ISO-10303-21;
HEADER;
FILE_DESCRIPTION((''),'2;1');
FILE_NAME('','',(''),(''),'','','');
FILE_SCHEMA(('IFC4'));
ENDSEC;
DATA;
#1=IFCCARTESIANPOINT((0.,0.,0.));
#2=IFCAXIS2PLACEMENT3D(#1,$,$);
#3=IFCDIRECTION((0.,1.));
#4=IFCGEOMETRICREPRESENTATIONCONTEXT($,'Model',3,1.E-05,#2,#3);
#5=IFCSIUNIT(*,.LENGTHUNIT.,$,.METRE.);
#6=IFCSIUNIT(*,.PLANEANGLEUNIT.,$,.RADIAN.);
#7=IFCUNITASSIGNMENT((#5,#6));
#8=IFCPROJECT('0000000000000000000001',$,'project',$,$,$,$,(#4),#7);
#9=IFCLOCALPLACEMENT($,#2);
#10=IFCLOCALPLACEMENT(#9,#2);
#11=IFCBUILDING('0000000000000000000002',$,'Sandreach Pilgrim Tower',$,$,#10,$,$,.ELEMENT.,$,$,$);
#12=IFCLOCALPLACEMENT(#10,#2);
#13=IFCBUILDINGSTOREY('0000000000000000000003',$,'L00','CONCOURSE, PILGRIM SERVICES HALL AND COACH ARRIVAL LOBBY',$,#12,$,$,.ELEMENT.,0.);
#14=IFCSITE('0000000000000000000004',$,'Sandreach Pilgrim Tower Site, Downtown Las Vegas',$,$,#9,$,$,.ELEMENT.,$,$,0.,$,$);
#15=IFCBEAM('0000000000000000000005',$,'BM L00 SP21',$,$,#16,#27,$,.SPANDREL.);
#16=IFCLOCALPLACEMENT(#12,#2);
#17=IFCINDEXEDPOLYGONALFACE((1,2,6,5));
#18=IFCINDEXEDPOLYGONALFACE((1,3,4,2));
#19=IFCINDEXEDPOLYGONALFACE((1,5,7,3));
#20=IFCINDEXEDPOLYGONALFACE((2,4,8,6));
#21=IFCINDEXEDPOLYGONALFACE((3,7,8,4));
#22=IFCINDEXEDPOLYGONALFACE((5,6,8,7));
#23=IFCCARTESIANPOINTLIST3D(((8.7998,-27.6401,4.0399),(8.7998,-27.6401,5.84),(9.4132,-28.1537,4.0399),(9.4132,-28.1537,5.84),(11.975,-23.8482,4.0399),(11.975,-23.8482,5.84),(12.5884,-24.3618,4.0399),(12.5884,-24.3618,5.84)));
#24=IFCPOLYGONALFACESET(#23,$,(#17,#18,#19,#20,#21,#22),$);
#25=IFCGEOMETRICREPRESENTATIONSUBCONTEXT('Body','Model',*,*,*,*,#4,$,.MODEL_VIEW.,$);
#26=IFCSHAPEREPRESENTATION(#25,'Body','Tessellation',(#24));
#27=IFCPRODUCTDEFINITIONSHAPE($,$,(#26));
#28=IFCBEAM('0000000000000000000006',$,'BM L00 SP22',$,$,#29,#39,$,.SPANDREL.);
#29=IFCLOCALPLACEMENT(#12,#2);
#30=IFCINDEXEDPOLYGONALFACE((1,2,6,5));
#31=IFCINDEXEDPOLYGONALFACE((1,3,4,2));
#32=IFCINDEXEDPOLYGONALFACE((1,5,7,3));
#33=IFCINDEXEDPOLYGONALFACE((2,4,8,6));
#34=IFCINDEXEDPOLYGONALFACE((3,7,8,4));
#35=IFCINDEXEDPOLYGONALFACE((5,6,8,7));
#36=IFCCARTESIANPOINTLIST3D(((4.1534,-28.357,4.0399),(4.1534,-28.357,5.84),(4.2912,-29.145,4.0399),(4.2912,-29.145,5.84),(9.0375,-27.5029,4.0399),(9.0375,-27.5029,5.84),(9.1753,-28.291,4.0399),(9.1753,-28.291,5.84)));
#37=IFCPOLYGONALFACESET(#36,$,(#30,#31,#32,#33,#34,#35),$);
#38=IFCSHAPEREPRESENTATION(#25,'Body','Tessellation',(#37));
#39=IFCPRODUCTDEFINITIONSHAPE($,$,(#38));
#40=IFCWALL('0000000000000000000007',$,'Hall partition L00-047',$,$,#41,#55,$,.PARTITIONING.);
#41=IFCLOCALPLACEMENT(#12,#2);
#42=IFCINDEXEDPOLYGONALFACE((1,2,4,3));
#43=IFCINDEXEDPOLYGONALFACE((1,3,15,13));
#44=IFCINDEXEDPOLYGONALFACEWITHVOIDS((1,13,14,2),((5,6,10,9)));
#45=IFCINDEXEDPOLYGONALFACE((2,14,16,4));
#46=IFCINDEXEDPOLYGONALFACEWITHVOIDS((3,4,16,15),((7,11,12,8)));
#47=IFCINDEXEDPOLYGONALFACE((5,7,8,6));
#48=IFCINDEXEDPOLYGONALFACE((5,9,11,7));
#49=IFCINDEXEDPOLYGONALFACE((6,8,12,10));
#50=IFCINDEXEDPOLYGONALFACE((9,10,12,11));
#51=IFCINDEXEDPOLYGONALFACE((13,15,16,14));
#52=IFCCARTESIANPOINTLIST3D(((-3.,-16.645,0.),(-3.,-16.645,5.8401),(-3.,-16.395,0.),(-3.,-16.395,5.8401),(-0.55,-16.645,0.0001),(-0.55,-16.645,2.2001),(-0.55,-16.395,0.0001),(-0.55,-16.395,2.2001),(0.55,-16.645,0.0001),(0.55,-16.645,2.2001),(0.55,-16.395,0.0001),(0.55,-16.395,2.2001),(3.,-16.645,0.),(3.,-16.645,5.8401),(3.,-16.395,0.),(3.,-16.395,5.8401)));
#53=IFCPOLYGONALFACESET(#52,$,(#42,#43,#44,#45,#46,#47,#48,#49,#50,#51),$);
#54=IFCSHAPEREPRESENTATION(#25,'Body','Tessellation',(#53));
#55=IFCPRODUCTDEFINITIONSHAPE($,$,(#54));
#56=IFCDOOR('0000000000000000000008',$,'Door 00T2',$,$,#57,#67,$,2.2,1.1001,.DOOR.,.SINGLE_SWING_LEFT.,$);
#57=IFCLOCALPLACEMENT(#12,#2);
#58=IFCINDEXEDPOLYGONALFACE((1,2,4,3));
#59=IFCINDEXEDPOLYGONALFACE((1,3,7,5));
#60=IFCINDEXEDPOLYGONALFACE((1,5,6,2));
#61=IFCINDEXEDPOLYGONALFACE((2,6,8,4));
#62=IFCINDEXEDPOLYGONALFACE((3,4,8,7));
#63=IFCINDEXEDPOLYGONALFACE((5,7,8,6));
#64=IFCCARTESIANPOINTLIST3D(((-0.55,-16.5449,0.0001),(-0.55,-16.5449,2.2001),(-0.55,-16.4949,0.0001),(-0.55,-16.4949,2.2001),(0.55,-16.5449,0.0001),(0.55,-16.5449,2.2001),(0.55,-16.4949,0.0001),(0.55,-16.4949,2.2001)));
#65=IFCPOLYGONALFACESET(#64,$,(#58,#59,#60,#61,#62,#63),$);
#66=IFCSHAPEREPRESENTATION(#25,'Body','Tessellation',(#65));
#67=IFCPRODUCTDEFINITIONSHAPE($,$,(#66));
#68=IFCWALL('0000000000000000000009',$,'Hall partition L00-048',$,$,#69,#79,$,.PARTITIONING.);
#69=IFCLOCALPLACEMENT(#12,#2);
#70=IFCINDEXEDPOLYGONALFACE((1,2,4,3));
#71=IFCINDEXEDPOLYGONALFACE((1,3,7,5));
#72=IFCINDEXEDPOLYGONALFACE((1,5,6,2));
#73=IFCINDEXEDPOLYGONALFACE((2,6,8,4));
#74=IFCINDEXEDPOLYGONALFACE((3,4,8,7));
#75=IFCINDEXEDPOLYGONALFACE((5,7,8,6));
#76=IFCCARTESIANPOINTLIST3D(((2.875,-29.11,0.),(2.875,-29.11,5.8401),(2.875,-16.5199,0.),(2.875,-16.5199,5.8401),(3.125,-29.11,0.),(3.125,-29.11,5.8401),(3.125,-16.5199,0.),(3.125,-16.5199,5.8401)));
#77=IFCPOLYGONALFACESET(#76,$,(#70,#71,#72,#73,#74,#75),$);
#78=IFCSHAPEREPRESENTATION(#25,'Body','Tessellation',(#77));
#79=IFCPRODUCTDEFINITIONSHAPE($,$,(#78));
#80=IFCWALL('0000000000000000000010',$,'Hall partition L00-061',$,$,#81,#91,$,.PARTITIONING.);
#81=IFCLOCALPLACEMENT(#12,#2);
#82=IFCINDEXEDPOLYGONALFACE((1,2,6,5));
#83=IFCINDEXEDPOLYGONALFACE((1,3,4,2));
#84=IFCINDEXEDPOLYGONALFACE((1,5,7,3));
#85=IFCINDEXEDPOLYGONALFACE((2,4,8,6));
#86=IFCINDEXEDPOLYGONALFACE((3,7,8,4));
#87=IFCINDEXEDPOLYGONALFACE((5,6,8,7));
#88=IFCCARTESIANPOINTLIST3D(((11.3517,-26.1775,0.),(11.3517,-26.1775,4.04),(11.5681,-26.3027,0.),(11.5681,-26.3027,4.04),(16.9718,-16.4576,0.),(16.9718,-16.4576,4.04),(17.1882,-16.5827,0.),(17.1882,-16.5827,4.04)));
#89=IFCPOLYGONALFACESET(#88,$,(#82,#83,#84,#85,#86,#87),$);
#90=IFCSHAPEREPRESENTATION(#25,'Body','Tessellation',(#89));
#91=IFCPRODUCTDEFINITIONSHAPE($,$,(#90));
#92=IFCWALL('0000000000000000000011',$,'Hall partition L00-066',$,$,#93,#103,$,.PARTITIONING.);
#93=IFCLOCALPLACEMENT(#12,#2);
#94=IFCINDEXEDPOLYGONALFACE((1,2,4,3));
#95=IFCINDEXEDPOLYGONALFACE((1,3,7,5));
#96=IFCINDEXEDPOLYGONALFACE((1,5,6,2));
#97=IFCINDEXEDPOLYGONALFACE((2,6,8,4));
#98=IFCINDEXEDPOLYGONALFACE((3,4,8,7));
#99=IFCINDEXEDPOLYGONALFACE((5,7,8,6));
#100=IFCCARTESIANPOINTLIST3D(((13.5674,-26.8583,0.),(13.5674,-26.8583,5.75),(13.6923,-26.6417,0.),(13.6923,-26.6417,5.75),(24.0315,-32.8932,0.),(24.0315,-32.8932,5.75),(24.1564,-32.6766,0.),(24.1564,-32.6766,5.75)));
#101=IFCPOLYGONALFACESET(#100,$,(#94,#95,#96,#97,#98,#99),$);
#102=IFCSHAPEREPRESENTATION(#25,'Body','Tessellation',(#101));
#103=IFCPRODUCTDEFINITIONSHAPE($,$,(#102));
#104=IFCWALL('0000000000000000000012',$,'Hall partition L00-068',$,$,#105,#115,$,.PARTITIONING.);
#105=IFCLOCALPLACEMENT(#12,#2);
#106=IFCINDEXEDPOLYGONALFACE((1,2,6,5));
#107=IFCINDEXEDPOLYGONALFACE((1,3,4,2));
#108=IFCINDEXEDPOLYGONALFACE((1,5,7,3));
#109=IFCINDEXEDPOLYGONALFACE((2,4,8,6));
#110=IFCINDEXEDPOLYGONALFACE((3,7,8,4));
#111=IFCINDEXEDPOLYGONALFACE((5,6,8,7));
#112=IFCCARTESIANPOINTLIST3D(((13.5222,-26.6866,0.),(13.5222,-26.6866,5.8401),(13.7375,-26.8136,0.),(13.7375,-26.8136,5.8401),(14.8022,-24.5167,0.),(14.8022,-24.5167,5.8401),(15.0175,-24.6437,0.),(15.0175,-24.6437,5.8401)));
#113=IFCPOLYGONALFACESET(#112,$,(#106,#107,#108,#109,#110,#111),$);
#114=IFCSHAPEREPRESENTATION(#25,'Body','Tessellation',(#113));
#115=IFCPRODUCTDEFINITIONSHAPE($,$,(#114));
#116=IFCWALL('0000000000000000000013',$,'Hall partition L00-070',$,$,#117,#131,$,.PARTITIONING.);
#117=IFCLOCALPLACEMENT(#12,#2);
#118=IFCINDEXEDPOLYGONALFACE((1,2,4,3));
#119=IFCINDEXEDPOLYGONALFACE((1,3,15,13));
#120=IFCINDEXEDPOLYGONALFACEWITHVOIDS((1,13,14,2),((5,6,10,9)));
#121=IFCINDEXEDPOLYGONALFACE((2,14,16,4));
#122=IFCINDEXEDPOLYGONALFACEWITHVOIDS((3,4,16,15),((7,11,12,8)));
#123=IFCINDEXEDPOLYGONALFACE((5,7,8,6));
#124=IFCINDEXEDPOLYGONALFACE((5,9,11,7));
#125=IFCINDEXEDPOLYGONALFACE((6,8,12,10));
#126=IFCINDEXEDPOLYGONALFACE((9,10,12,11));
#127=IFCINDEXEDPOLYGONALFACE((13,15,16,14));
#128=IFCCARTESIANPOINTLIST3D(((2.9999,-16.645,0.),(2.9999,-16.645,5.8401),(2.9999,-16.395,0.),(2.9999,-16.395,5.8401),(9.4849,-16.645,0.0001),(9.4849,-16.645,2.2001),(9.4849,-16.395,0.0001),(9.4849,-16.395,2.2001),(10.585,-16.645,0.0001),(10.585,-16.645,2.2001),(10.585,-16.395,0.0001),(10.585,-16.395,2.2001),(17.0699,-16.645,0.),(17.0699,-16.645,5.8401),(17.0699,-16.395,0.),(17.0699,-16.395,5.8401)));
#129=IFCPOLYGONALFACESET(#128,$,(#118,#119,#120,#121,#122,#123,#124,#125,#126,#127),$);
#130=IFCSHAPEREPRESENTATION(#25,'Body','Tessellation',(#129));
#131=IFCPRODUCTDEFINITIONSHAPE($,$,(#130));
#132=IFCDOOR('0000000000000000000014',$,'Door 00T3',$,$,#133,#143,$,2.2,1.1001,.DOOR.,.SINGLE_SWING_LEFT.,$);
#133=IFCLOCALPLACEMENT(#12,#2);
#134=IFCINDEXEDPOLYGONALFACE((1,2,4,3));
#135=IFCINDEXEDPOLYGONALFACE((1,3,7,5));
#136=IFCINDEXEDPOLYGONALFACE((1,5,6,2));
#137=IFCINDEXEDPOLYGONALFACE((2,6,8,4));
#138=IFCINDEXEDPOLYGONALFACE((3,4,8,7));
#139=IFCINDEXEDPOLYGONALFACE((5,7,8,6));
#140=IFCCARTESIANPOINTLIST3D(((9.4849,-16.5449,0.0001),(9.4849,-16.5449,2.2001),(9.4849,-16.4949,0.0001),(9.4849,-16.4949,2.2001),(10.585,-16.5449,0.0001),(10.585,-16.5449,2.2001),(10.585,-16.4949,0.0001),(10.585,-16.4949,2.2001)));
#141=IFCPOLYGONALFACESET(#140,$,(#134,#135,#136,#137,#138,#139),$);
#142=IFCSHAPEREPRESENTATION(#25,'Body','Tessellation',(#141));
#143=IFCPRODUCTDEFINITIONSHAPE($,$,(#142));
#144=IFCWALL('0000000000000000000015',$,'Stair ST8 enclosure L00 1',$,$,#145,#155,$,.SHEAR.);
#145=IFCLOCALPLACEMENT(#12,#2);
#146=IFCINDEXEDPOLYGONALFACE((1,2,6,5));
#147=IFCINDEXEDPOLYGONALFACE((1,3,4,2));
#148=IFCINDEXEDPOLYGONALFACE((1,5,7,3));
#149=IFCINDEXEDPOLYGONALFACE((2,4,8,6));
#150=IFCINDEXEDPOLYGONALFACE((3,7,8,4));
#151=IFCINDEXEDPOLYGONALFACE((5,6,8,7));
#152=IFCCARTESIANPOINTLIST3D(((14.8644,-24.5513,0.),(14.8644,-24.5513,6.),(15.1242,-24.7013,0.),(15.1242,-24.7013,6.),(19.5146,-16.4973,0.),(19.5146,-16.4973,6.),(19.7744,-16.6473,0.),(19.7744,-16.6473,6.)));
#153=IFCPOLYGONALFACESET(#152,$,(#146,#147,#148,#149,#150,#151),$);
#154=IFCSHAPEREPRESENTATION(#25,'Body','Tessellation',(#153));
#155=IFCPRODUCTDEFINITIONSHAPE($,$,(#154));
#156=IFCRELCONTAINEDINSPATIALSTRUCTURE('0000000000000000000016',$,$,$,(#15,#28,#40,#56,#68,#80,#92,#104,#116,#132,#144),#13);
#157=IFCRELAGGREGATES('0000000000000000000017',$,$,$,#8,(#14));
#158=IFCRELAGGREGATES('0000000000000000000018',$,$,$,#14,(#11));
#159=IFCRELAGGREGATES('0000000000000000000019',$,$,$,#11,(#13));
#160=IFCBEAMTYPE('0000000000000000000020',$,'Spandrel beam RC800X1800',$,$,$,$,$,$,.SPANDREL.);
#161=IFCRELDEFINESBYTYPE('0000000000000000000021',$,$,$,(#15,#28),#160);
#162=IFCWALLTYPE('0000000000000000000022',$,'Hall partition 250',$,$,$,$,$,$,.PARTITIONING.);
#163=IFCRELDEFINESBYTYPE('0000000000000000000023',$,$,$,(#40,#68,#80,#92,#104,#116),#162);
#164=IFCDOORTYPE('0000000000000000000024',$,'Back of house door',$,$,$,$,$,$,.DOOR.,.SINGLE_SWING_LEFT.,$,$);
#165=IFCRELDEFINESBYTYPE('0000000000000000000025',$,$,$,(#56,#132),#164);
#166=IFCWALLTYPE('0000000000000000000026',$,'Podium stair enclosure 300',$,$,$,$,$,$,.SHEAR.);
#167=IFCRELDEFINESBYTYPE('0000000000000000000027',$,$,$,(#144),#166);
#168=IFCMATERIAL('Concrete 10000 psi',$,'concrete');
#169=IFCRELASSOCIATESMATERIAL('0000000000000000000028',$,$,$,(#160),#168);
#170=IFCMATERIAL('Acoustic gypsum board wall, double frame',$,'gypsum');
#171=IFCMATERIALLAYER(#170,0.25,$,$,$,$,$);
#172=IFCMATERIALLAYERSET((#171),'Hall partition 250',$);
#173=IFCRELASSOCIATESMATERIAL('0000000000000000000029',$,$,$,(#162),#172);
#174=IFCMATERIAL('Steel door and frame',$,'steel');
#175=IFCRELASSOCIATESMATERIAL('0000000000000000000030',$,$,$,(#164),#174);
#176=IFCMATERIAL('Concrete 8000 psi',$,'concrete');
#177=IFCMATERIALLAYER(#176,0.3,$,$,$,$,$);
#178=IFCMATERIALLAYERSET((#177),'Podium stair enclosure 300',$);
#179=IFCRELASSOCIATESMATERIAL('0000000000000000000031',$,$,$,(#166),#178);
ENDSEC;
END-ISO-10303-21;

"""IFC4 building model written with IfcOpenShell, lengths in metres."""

from ifc_helpers import new_model, si_unit, direction, frame, frame_2d, origin, origin_2d, place, context, subcontext, project, spatial, rectangle, extrude, material, layer, layer_set, material_profile, profile_set, type_object, element, fill, save


model = new_model("IFC4")

# Units and contexts
model_context = context("Model", 3, precision=1e-05, world=origin(), true_north=direction((0.0, 1.0)))
body_context = subcontext(model_context, "Body", "Model", "MODEL_VIEW")
ifc_project = project(units=[si_unit("LENGTHUNIT", "METRE"), si_unit("PLANEANGLEUNIT", "RADIAN")], contexts=[model_context])

# Site, building, storey
site_placement = place(None, origin())
site = spatial("IfcSite", under=ifc_project, at=site_placement, Name="Sandreach Pilgrim Tower Site, Downtown Las Vegas", CompositionType="ELEMENT", RefElevation=0.0)
building_placement = place(site_placement, origin())
building = spatial("IfcBuilding", under=site, at=building_placement, Name="Sandreach Pilgrim Tower", CompositionType="ELEMENT")
storey_placement = place(building_placement, origin())
storey = spatial("IfcBuildingStorey", under=building, at=storey_placement, Name="L00", Description="CONCOURSE, PILGRIM SERVICES HALL AND COACH ARRIVAL LOBBY", CompositionType="ELEMENT", Elevation=0.0)

# Beams
ifc_material_1 = material(Name="Concrete 10000 psi", Category="concrete")
ifc_material_profile_1 = material_profile(ifc_material_1, rectangle(XDim=0.8, YDim=1.8, at=origin_2d()), Name="RC800X1800")
ifc_profile_set_1 = profile_set([ifc_material_profile_1], Name="Concrete 10000 psi")
beam_type_1 = type_object("IfcBeamType", Name="Spandrel beam RC800X1800", PredefinedType="SPANDREL", material=ifc_profile_set_1)
beam_1_placement = place(storey_placement, frame((12.2817, -24.105, 4.9399), z_axis=(-0.642008, -0.766698, 0.0), x_axis=(0.766698, -0.642008, 0.0)))
element("IfcBeam", 1, at=beam_1_placement, inside=storey, type_object=beam_type_1, Name="BM L00 SP21", PredefinedType="SPANDREL", context=body_context, shape_type="SweptSolid", body=[
    extrude(rectangle(XDim=0.8, YDim=1.8, at=origin_2d()), origin(), (0.0, 0.0, 1.0), 4.9458),
])
beam_2_placement = place(storey_placement, frame((9.1064, -27.897, 4.9399), z_axis=(-0.985054, -0.172243, 0.0), x_axis=(0.172243, -0.985054, 0.0)))
element("IfcBeam", 2, at=beam_2_placement, inside=storey, type_object=beam_type_1, Name="BM L00 SP22", PredefinedType="SPANDREL", context=body_context, shape_type="SweptSolid", body=[
    extrude(rectangle(XDim=0.8, YDim=1.8, at=origin_2d()), origin(), (0.0, 0.0, 1.0), 4.9583),
])

# Wall, opening, door
ifc_material_2 = material(Name="Acoustic gypsum board wall, double frame", Category="gypsum")
ifc_layer_1 = layer(ifc_material_2, 0.25)
ifc_layer_set_1 = layer_set([ifc_layer_1], Name="Hall partition 250")
wall_type_1 = type_object("IfcWallType", Name="Hall partition 250", PredefinedType="PARTITIONING", material=ifc_layer_set_1)
wall_1_placement = place(storey_placement, frame((3.0, -16.52, 0.0), z_axis=(0.0, 0.0, 1.0), x_axis=(-1.0, 0.0, 0.0)))
wall_1 = element("IfcWall", 3, at=wall_1_placement, inside=storey, type_object=wall_type_1, Name="Hall partition L00-047", PredefinedType="PARTITIONING", context=body_context, shape_type="SweptSolid", body=[
    extrude(rectangle(XDim=6.0, YDim=0.25, at=frame_2d((3.0, 0.0))), origin(), (0.0, 0.0, 1.0), 5.8401),
])
opening_1_placement = place(wall_1_placement, frame((2.45, 0.0, 0.0)))
opening_1 = element("IfcOpeningElement", 4, at=opening_1_placement, cuts=wall_1, PredefinedType="OPENING", context=body_context, shape_type="SweptSolid", body=[
    extrude(rectangle(XDim=1.1001, YDim=2.2, at=frame_2d((0.55, 1.1001))), frame((0.0, 0.125, 0.0), z_axis=(0.0, -1.0, 0.0), x_axis=(1.0, 0.0, 0.0)), (0.0, 0.0, 1.0), 0.25),
])
ifc_material_3 = material(Name="Steel door and frame", Category="steel")
door_type = type_object("IfcDoorType", Name="Back of house door", OperationType="SINGLE_SWING_LEFT", PredefinedType="DOOR", material=ifc_material_3)
door_1_placement = place(opening_1_placement, origin())
door_1 = element("IfcDoor", 5, at=door_1_placement, inside=storey, type_object=door_type, Name="Door 00T2", OperationType="SINGLE_SWING_LEFT", OverallHeight=2.2, OverallWidth=1.1001, PredefinedType="DOOR", context=body_context, shape_type="SweptSolid", body=[
    extrude(rectangle(XDim=1.1001, YDim=2.2, at=frame_2d((0.55, 1.1001))), frame((0.0, 0.0249, 0.0), z_axis=(0.0, -1.0, 0.0), x_axis=(1.0, 0.0, 0.0)), (0.0, 0.0, 1.0), 0.05),
])
fill(opening_1, door_1)

# Walls
wall_2_placement = place(storey_placement, frame((3.0, -16.52, 0.0), z_axis=(0.0, 0.0, 1.0), x_axis=(0.0, -1.0, 0.0)))
element("IfcWall", 6, at=wall_2_placement, inside=storey, type_object=wall_type_1, Name="Hall partition L00-048", PredefinedType="PARTITIONING", context=body_context, shape_type="SweptSolid", body=[
    extrude(rectangle(XDim=12.5901, YDim=0.25, at=frame_2d((6.2949, 0.0))), origin(), (0.0, 0.0, 1.0), 5.8401),
])
wall_3_placement = place(storey_placement, frame((11.46, -26.24, 0.0), z_axis=(0.0, 0.0, 1.0), x_axis=(0.500554, 0.865706, 0.0)))
element("IfcWall", 7, at=wall_3_placement, inside=storey, type_object=wall_type_1, Name="Hall partition L00-061", PredefinedType="PARTITIONING", context=body_context, shape_type="SweptSolid", body=[
    extrude(rectangle(XDim=11.2278, YDim=0.25, at=frame_2d((5.6138, 0.0))), origin(), (0.0, 0.0, 1.0), 4.04),
])
wall_4_placement = place(storey_placement, frame((13.6299, -26.75, 0.0), z_axis=(0.0, 0.0, 1.0), x_axis=(0.86626, -0.499594, 0.0)))
element("IfcWall", 8, at=wall_4_placement, inside=storey, type_object=wall_type_1, Name="Hall partition L00-066", PredefinedType="PARTITIONING", context=body_context, shape_type="SweptSolid", body=[
    extrude(rectangle(XDim=12.0796, YDim=0.25, at=frame_2d((6.0398, 0.0))), origin(), (0.0, 0.0, 1.0), 5.75),
])
wall_5_placement = place(storey_placement, frame((14.9099, -24.5801, 0.0), z_axis=(0.0, 0.0, 1.0), x_axis=(-0.508083, -0.861308, 0.0)))
element("IfcWall", 9, at=wall_5_placement, inside=storey, type_object=wall_type_1, Name="Hall partition L00-068", PredefinedType="PARTITIONING", context=body_context, shape_type="SweptSolid", body=[
    extrude(rectangle(XDim=2.5193, YDim=0.25, at=frame_2d((1.2598, 0.0))), origin(), (0.0, 0.0, 1.0), 5.8401),
])

# Wall, opening, door
wall_6_placement = place(storey_placement, frame((17.0701, -16.52, 0.0), z_axis=(0.0, 0.0, 1.0), x_axis=(-1.0, 0.0, 0.0)))
wall_6 = element("IfcWall", 10, at=wall_6_placement, inside=storey, type_object=wall_type_1, Name="Hall partition L00-070", PredefinedType="PARTITIONING", context=body_context, shape_type="SweptSolid", body=[
    extrude(rectangle(XDim=14.0701, YDim=0.25, at=frame_2d((7.0352, 0.0))), origin(), (0.0, 0.0, 1.0), 5.8401),
])
opening_2_placement = place(wall_6_placement, frame((6.4851, 0.0, 0.0)))
opening_2 = element("IfcOpeningElement", 11, at=opening_2_placement, cuts=wall_6, PredefinedType="OPENING", context=body_context, shape_type="SweptSolid", body=[
    extrude(rectangle(XDim=1.1001, YDim=2.2, at=frame_2d((0.55, 1.1001))), frame((0.0, 0.125, 0.0), z_axis=(0.0, -1.0, 0.0), x_axis=(1.0, 0.0, 0.0)), (0.0, 0.0, 1.0), 0.25),
])
door_2_placement = place(opening_2_placement, origin())
door_2 = element("IfcDoor", 12, at=door_2_placement, inside=storey, type_object=door_type, Name="Door 00T3", OperationType="SINGLE_SWING_LEFT", OverallHeight=2.2, OverallWidth=1.1001, PredefinedType="DOOR", context=body_context, shape_type="SweptSolid", body=[
    extrude(rectangle(XDim=1.1001, YDim=2.2, at=frame_2d((0.55, 1.1001))), frame((0.0, 0.0249, 0.0), z_axis=(0.0, -1.0, 0.0), x_axis=(1.0, 0.0, 0.0)), (0.0, 0.0, 1.0), 0.05),
])
fill(opening_2, door_2)

# Wall
ifc_material_4 = material(Name="Concrete 8000 psi", Category="concrete")
ifc_layer_2 = layer(ifc_material_4, 0.3)
ifc_layer_set_2 = layer_set([ifc_layer_2], Name="Podium stair enclosure 300")
wall_type_2 = type_object("IfcWallType", Name="Podium stair enclosure 300", PredefinedType="SHEAR", material=ifc_layer_set_2)
wall_7_placement = place(storey_placement, frame((14.9944, -24.6262, 0.0), z_axis=(0.0, 0.0, 1.0), x_axis=(0.500016, 0.866016, 0.0)))
element("IfcWall", 13, at=wall_7_placement, inside=storey, type_object=wall_type_2, Name="Stair ST8 enclosure L00 1", PredefinedType="SHEAR", context=body_context, shape_type="SweptSolid", body=[
    extrude(rectangle(XDim=9.3, YDim=0.3, at=frame_2d((4.6499, 0.0))), origin(), (0.0, 0.0, 1.0), 6.0),
])

save(model, "model.ifc")
